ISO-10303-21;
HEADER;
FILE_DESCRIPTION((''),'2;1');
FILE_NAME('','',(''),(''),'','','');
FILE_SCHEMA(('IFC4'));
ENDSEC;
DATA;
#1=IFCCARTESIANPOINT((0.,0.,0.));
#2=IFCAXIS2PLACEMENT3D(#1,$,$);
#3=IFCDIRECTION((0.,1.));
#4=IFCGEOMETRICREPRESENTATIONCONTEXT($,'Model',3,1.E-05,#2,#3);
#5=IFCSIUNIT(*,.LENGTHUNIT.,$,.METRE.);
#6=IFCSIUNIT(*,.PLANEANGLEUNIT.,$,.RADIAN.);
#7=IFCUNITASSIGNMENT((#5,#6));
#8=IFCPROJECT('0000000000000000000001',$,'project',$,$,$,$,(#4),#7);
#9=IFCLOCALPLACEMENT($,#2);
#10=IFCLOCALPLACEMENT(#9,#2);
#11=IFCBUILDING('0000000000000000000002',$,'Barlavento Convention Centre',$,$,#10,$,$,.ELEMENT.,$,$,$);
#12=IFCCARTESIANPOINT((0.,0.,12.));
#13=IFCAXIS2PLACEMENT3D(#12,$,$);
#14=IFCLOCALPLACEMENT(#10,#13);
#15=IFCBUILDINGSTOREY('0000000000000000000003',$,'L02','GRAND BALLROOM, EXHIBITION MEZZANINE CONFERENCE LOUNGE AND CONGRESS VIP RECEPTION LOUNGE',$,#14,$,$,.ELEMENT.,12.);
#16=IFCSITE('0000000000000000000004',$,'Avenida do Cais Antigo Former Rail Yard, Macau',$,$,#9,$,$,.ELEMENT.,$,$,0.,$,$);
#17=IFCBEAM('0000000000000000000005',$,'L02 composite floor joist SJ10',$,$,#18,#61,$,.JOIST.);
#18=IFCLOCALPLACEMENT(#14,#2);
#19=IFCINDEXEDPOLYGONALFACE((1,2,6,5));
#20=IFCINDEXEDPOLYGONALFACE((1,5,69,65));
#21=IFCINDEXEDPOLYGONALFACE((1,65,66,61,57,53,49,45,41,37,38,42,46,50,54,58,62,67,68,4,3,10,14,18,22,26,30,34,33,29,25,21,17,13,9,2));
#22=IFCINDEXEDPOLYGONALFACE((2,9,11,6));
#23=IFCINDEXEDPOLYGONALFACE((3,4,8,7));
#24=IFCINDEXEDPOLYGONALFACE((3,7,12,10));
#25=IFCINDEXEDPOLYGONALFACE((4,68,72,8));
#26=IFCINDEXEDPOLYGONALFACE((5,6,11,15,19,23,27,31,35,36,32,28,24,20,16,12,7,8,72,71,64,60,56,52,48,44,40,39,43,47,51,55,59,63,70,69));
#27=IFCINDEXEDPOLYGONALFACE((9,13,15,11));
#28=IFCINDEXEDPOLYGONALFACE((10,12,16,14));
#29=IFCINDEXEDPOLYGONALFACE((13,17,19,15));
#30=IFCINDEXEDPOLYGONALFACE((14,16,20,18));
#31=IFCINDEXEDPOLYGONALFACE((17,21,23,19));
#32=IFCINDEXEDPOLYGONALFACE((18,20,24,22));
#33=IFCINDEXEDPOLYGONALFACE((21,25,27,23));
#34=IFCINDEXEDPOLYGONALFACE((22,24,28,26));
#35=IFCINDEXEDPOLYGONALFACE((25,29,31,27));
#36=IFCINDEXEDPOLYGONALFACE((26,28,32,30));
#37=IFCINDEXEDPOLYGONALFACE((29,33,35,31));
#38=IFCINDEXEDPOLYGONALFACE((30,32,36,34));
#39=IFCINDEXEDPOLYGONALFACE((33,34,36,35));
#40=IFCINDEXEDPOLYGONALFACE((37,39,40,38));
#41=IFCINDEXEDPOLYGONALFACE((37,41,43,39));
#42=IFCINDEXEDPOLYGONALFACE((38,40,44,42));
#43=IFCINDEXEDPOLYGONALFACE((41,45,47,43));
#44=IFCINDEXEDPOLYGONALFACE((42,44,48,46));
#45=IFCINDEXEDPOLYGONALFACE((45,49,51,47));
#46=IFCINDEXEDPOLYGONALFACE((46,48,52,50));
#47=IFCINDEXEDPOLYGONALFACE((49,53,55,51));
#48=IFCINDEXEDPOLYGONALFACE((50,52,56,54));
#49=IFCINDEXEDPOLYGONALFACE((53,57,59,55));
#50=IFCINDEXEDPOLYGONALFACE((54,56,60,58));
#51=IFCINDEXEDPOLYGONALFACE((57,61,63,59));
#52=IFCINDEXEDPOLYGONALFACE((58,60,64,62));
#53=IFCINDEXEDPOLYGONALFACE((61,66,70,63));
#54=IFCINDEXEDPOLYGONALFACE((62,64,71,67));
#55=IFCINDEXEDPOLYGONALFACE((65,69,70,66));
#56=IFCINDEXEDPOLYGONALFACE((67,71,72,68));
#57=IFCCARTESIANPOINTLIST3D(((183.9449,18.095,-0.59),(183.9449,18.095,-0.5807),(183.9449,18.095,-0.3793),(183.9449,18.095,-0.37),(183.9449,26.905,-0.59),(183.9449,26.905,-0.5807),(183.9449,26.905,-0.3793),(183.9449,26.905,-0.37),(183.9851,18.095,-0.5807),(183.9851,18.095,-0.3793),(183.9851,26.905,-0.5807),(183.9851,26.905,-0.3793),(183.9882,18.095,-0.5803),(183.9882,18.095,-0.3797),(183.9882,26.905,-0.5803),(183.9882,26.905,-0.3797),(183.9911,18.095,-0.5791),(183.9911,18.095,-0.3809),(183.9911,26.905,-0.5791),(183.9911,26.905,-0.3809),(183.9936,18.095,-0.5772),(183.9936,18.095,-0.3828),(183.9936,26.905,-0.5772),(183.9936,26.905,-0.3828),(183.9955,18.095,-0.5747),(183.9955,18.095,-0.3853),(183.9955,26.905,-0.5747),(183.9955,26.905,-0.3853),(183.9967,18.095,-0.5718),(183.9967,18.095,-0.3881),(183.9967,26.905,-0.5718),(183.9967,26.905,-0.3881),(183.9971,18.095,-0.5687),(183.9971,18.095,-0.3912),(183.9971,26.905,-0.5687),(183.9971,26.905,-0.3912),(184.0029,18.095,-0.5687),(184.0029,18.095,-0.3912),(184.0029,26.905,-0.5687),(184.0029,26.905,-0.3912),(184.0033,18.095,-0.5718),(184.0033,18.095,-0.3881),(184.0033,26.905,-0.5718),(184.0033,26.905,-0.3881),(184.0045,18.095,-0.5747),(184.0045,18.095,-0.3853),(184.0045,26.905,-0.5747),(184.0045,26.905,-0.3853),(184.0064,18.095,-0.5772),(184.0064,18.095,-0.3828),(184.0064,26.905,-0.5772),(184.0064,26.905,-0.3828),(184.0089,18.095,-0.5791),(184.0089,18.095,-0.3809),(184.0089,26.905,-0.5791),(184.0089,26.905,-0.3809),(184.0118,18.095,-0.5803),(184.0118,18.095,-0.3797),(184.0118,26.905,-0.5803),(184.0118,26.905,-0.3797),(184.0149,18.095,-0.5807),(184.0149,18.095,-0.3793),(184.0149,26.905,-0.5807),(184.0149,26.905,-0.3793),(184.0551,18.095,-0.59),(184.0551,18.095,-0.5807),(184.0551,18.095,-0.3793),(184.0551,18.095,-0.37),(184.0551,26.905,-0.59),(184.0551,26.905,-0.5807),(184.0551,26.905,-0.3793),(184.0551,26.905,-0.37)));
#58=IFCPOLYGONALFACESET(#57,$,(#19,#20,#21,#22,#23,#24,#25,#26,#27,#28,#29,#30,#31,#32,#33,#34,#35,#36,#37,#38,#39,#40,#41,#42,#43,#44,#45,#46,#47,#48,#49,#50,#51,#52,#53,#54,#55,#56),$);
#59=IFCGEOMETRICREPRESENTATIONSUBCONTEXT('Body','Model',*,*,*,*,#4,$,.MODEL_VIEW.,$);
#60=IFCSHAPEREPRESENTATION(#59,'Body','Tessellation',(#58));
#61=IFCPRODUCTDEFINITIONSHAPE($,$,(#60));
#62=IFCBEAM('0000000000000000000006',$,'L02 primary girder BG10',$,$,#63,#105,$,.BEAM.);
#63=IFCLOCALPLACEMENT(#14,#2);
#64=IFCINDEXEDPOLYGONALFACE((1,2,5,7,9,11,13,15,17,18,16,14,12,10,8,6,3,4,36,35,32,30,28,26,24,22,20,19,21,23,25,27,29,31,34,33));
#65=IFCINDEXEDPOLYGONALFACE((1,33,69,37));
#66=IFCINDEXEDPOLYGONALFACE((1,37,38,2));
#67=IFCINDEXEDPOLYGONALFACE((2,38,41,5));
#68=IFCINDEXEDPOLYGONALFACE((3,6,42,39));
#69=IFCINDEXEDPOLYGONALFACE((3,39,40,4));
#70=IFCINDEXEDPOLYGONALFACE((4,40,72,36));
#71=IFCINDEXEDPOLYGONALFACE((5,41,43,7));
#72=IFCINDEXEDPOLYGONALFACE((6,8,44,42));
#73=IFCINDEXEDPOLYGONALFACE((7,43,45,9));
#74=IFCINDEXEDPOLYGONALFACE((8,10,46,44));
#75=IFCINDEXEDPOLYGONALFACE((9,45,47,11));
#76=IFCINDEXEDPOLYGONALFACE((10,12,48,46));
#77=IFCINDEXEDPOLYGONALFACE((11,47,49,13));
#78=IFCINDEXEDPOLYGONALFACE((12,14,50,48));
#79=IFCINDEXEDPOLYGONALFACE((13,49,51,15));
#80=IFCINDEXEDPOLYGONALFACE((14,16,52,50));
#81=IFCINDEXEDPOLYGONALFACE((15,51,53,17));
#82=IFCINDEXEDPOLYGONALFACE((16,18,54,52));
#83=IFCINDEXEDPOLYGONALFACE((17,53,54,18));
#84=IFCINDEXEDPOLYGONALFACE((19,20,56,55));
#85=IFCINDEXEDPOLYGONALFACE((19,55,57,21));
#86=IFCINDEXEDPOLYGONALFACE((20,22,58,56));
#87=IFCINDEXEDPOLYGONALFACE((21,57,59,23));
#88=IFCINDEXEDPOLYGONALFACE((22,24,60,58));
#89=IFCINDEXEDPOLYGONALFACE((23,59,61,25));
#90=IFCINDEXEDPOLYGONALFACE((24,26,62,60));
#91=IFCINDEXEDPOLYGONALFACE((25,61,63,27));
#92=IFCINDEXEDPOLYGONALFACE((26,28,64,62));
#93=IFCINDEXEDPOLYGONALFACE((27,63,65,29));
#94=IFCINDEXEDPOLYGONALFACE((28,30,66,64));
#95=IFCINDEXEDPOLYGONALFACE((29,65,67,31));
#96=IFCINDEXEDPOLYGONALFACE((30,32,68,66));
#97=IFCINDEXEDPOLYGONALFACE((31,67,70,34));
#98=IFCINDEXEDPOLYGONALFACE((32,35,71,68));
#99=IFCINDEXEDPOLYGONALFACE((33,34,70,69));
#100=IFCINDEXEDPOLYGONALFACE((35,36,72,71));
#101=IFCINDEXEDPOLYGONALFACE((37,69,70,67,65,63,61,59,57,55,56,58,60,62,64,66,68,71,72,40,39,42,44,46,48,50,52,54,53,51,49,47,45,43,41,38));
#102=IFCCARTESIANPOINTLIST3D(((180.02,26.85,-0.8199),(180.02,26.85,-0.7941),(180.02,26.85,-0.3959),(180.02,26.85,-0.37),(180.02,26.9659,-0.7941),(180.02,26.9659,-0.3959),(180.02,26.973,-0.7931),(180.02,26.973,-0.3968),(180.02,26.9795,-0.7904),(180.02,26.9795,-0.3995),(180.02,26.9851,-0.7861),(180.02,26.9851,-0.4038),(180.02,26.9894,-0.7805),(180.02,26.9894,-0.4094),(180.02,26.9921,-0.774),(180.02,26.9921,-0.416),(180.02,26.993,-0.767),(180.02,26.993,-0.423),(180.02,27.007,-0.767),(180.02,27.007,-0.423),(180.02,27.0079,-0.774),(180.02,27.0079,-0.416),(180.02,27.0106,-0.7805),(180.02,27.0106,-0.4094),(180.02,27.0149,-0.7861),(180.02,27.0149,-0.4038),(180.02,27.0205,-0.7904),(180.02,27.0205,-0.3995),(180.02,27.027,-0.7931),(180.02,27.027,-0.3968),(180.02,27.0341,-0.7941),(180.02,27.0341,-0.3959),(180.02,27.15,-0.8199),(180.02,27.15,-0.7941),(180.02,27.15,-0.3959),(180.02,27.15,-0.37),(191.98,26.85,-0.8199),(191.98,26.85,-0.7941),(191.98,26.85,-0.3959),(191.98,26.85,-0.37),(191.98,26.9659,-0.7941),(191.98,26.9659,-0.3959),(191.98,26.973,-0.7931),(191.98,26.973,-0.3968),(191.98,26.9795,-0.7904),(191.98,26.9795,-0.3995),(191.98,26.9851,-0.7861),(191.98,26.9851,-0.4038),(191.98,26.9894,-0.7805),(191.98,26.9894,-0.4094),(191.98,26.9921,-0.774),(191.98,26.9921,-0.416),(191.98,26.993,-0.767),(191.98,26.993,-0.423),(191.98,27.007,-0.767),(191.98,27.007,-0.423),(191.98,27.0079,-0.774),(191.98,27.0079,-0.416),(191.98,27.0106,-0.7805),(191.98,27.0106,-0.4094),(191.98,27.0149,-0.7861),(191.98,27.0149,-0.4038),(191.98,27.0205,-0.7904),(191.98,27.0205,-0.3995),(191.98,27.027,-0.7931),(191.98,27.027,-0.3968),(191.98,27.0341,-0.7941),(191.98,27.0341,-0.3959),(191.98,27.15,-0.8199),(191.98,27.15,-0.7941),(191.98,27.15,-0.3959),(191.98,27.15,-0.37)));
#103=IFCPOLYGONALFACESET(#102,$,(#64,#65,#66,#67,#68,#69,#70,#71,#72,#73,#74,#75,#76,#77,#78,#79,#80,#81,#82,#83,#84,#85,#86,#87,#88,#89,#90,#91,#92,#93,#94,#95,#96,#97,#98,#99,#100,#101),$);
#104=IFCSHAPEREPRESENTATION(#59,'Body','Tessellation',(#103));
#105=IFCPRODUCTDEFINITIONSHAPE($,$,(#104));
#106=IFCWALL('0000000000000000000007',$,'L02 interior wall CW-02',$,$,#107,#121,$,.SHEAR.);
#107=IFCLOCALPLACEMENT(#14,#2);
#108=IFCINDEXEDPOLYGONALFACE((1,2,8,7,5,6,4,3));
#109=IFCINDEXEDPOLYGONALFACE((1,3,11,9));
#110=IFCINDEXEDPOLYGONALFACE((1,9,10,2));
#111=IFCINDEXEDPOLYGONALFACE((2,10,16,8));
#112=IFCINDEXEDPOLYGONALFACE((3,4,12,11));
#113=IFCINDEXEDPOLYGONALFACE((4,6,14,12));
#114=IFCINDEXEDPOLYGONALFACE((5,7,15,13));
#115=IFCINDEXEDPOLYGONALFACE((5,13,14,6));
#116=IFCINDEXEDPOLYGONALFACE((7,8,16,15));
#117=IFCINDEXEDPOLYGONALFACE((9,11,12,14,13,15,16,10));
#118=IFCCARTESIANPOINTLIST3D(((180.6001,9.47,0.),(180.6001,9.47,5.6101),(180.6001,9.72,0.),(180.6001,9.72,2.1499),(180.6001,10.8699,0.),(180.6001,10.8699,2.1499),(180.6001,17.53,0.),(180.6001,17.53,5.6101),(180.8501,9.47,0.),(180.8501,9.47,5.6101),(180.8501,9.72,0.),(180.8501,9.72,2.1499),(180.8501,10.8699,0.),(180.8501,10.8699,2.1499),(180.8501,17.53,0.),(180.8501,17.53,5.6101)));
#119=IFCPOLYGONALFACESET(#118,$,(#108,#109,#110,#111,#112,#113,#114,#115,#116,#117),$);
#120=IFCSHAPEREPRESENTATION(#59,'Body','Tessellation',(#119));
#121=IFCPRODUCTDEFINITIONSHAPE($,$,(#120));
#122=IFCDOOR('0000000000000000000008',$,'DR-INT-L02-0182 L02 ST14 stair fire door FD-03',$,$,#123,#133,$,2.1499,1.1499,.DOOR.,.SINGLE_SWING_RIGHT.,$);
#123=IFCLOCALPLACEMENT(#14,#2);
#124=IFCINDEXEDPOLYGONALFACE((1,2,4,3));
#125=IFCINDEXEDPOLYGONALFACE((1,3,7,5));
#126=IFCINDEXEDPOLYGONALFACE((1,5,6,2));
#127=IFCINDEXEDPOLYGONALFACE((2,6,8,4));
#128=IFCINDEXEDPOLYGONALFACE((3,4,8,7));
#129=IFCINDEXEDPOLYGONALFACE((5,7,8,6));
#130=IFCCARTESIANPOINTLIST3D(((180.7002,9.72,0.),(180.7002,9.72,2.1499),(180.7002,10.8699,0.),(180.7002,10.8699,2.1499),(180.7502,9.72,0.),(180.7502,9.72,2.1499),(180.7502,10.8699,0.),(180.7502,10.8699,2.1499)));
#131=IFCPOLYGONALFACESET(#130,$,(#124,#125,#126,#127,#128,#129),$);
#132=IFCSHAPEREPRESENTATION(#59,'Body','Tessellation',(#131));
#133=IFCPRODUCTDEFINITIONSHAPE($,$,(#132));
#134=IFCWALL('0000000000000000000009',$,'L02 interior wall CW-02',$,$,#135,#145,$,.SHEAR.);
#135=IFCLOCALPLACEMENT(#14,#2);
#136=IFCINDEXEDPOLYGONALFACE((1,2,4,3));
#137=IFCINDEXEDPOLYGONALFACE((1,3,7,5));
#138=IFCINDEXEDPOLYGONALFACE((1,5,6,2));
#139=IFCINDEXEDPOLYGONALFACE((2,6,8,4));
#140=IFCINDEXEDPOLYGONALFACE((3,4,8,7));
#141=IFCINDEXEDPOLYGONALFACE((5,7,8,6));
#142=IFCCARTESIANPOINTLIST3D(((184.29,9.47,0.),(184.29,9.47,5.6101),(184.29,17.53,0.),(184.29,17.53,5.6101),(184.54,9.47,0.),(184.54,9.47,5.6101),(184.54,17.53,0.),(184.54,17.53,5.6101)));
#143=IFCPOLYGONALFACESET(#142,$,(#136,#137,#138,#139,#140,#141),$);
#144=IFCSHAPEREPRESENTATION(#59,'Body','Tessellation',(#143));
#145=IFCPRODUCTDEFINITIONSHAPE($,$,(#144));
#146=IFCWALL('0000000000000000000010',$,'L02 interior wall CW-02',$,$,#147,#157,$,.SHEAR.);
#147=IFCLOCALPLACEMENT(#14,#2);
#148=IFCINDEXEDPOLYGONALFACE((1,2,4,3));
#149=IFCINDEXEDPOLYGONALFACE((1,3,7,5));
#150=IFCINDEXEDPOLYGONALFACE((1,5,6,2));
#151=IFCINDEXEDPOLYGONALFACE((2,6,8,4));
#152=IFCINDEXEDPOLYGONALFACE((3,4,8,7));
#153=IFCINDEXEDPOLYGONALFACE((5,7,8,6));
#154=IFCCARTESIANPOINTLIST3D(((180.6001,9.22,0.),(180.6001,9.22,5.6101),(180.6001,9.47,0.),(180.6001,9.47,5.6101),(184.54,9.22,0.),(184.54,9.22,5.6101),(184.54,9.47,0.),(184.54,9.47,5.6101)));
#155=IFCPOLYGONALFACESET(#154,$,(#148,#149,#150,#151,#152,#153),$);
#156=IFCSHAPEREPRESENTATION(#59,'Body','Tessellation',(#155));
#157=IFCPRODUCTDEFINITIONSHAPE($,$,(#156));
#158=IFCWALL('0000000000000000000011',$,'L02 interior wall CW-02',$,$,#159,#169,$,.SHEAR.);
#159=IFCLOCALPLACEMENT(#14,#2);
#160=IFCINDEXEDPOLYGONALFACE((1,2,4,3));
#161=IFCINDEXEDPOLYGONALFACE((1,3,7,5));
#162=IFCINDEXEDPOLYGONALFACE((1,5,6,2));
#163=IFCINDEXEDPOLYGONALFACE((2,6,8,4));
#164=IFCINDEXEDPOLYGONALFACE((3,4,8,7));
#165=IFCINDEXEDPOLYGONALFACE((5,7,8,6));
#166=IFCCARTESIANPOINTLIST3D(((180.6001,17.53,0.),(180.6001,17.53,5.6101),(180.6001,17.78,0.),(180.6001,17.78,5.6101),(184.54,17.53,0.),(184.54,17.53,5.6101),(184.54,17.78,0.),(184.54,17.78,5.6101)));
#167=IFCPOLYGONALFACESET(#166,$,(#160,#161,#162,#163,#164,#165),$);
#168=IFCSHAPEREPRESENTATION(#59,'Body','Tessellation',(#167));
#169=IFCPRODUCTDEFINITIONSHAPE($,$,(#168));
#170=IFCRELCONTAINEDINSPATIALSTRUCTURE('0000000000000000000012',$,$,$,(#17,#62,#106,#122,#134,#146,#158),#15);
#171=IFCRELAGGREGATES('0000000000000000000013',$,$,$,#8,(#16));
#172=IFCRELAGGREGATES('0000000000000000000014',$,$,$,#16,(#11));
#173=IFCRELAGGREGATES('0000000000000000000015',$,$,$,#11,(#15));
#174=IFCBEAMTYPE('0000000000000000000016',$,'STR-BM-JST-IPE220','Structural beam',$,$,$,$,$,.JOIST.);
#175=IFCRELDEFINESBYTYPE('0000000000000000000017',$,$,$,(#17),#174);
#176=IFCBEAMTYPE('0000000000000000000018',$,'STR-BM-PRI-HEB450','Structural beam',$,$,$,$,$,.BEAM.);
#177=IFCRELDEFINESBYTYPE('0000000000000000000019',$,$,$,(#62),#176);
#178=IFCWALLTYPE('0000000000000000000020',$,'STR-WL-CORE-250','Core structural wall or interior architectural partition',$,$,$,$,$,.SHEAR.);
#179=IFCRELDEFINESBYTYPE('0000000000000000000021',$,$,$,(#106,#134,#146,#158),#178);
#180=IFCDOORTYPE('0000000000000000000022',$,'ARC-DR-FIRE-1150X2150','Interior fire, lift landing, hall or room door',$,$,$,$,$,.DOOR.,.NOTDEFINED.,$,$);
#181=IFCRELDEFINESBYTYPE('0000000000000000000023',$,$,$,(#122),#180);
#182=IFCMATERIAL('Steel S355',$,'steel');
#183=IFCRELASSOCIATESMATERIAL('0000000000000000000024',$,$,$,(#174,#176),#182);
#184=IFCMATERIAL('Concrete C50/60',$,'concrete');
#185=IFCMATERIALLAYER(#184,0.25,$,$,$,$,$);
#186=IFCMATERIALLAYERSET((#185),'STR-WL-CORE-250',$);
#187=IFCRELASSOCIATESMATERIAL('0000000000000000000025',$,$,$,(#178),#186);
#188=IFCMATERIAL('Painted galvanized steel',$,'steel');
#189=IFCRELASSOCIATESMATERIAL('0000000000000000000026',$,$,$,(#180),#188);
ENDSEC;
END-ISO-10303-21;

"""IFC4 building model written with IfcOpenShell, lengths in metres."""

from ifc_helpers import new_model, si_unit, direction, frame, frame_2d, origin, origin_2d, place, context, subcontext, project, spatial, rectangle, i_section, extrude, material, layer, layer_set, material_profile, profile_set, type_object, element, fill, save


model = new_model("IFC4")

# Units and contexts
model_context = context("Model", 3, precision=1e-05, world=origin(), true_north=direction((0.0, 1.0)))
body_context = subcontext(model_context, "Body", "Model", "MODEL_VIEW")
ifc_project = project(units=[si_unit("LENGTHUNIT", "METRE"), si_unit("PLANEANGLEUNIT", "RADIAN")], contexts=[model_context])

# Site, building, storey
site_placement = place(None, origin())
site = spatial("IfcSite", under=ifc_project, at=site_placement, Name="Avenida do Cais Antigo Former Rail Yard, Macau", CompositionType="ELEMENT", RefElevation=0.0)
building_placement = place(site_placement, origin())
building = spatial("IfcBuilding", under=site, at=building_placement, Name="Barlavento Convention Centre", CompositionType="ELEMENT")
storey_placement = place(building_placement, frame((0.0, 0.0, 12.0)))
storey = spatial("IfcBuildingStorey", under=building, at=storey_placement, Name="L02", Description="GRAND BALLROOM, EXHIBITION MEZZANINE CONFERENCE LOUNGE AND CONGRESS VIP RECEPTION LOUNGE", CompositionType="ELEMENT", Elevation=12.0)

# Beams
ifc_material_1 = material(Name="Steel S355", Category="steel")
ifc_material_profile_1 = material_profile(ifc_material_1, i_section(OverallWidth=0.1101, OverallDepth=0.22, WebThickness=0.0059, FlangeThickness=0.0093, FilletRadius=0.012, at=origin_2d()), Name="IPE 220")
ifc_profile_set_1 = profile_set([ifc_material_profile_1], Name="Steel S355")
beam_type_1 = type_object("IfcBeamType", Name="STR-BM-JST-IPE220", Description="Structural beam", PredefinedType="JOIST", material=ifc_profile_set_1)
beam_1_placement = place(storey_placement, frame((184.0, 18.095, -0.48), z_axis=(0.0, 1.0, 0.0), x_axis=(-1.0, 0.0, 0.0)))
element("IfcBeam", 1, at=beam_1_placement, inside=storey, type_object=beam_type_1, Name="L02 composite floor joist SJ10", PredefinedType="JOIST", context=body_context, shape_type="SweptSolid", body=[
    extrude(i_section(OverallWidth=0.1101, OverallDepth=0.22, WebThickness=0.0059, FlangeThickness=0.0093, FilletRadius=0.012, at=origin_2d()), origin(), (0.0, 0.0, 1.0), 8.8101),
])
ifc_material_profile_2 = material_profile(ifc_material_1, i_section(OverallWidth=0.3, OverallDepth=0.45, WebThickness=0.0139, FlangeThickness=0.0259, FilletRadius=0.0271, at=origin_2d()), Name="HEB 450")
ifc_profile_set_2 = profile_set([ifc_material_profile_2], Name="Steel S355")
beam_type_2 = type_object("IfcBeamType", Name="STR-BM-PRI-HEB450", Description="Structural beam", PredefinedType="BEAM", material=ifc_profile_set_2)
beam_2_placement = place(storey_placement, frame((180.02, 27.0, -0.595), z_axis=(1.0, 0.0, 0.0), x_axis=(0.0, 1.0, 0.0)))
element("IfcBeam", 2, at=beam_2_placement, inside=storey, type_object=beam_type_2, Name="L02 primary girder BG10", PredefinedType="BEAM", context=body_context, shape_type="SweptSolid", body=[
    extrude(i_section(OverallWidth=0.3, OverallDepth=0.45, WebThickness=0.0139, FlangeThickness=0.0259, FilletRadius=0.0271, at=origin_2d()), origin(), (0.0, 0.0, 1.0), 11.96),
])

# Wall, opening, door
ifc_material_2 = material(Name="Concrete C50/60", Category="concrete")
ifc_layer = layer(ifc_material_2, 0.25)
ifc_layer_set = layer_set([ifc_layer], Name="STR-WL-CORE-250")
wall_type = type_object("IfcWallType", Name="STR-WL-CORE-250", Description="Core structural wall or interior architectural partition", PredefinedType="SHEAR", material=ifc_layer_set)
wall_1_placement = place(storey_placement, frame((180.7251, 9.47, 0.0), z_axis=(0.0, 0.0, 1.0), x_axis=(0.0, 1.0, 0.0)))
wall_1 = element("IfcWall", 3, at=wall_1_placement, inside=storey, type_object=wall_type, Name="L02 interior wall CW-02", PredefinedType="SHEAR", context=body_context, shape_type="SweptSolid", body=[
    extrude(rectangle(XDim=8.0601, YDim=0.25, at=frame_2d((4.03, 0.0))), origin(), (0.0, 0.0, 1.0), 5.6101),
])
opening_placement = place(wall_1_placement, frame((0.25, 0.0, 0.0)))
opening = element("IfcOpeningElement", 4, at=opening_placement, cuts=wall_1, PredefinedType="OPENING", context=body_context, shape_type="SweptSolid", body=[
    extrude(rectangle(XDim=1.1499, YDim=2.1499, at=frame_2d((0.575, 1.075))), frame((0.0, 0.135, 0.0), z_axis=(0.0, -1.0, 0.0), x_axis=(1.0, 0.0, 0.0)), (0.0, 0.0, 1.0), 0.27),
])
ifc_material_3 = material(Name="Painted galvanized steel", Category="steel")
door_type = type_object("IfcDoorType", Name="ARC-DR-FIRE-1150X2150", Description="Interior fire, lift landing, hall or room door", OperationType="NOTDEFINED", PredefinedType="DOOR", material=ifc_material_3)
door_placement = place(opening_placement, origin())
door = element("IfcDoor", 5, at=door_placement, inside=storey, type_object=door_type, Name="DR-INT-L02-0182 L02 ST14 stair fire door FD-03", OperationType="SINGLE_SWING_RIGHT", OverallHeight=2.1499, OverallWidth=1.1499, PredefinedType="DOOR", context=body_context, shape_type="SweptSolid", body=[
    extrude(rectangle(XDim=1.1499, YDim=2.1499, at=frame_2d((0.575, 1.075))), frame((0.0, 0.0249, 0.0), z_axis=(0.0, -1.0, 0.0), x_axis=(1.0, 0.0, 0.0)), (0.0, 0.0, 1.0), 0.05),
])
fill(opening, door)

# Walls
wall_2_placement = place(storey_placement, frame((184.415, 9.47, 0.0), z_axis=(0.0, 0.0, 1.0), x_axis=(0.0, 1.0, 0.0)))
element("IfcWall", 6, at=wall_2_placement, inside=storey, type_object=wall_type, Name="L02 interior wall CW-02", PredefinedType="SHEAR", context=body_context, shape_type="SweptSolid", body=[
    extrude(rectangle(XDim=8.0601, YDim=0.25, at=frame_2d((4.03, 0.0))), origin(), (0.0, 0.0, 1.0), 5.6101),
])
for number, where, z_axis, x_axis, name in (
    (7, (180.6001, 9.345, 0.0), (0.0, 0.0, 1.0), (1.0, 0.0, 0.0), "L02 interior wall CW-02"),
    (8, (180.6001, 17.655, 0.0), (0.0, 0.0, 1.0), (1.0, 0.0, 0.0), "L02 interior wall CW-02"),
):
    element("IfcWall", number, at=place(storey_placement, frame(where, z_axis=z_axis, x_axis=x_axis)), inside=storey, type_object=wall_type, Name=name, PredefinedType="SHEAR", context=body_context, shape_type="SweptSolid", body=[
        extrude(rectangle(XDim=3.9399, YDim=0.25, at=frame_2d((1.97, 0.0))), origin(), (0.0, 0.0, 1.0), 5.6101),
    ])

save(model, "model.ifc")
